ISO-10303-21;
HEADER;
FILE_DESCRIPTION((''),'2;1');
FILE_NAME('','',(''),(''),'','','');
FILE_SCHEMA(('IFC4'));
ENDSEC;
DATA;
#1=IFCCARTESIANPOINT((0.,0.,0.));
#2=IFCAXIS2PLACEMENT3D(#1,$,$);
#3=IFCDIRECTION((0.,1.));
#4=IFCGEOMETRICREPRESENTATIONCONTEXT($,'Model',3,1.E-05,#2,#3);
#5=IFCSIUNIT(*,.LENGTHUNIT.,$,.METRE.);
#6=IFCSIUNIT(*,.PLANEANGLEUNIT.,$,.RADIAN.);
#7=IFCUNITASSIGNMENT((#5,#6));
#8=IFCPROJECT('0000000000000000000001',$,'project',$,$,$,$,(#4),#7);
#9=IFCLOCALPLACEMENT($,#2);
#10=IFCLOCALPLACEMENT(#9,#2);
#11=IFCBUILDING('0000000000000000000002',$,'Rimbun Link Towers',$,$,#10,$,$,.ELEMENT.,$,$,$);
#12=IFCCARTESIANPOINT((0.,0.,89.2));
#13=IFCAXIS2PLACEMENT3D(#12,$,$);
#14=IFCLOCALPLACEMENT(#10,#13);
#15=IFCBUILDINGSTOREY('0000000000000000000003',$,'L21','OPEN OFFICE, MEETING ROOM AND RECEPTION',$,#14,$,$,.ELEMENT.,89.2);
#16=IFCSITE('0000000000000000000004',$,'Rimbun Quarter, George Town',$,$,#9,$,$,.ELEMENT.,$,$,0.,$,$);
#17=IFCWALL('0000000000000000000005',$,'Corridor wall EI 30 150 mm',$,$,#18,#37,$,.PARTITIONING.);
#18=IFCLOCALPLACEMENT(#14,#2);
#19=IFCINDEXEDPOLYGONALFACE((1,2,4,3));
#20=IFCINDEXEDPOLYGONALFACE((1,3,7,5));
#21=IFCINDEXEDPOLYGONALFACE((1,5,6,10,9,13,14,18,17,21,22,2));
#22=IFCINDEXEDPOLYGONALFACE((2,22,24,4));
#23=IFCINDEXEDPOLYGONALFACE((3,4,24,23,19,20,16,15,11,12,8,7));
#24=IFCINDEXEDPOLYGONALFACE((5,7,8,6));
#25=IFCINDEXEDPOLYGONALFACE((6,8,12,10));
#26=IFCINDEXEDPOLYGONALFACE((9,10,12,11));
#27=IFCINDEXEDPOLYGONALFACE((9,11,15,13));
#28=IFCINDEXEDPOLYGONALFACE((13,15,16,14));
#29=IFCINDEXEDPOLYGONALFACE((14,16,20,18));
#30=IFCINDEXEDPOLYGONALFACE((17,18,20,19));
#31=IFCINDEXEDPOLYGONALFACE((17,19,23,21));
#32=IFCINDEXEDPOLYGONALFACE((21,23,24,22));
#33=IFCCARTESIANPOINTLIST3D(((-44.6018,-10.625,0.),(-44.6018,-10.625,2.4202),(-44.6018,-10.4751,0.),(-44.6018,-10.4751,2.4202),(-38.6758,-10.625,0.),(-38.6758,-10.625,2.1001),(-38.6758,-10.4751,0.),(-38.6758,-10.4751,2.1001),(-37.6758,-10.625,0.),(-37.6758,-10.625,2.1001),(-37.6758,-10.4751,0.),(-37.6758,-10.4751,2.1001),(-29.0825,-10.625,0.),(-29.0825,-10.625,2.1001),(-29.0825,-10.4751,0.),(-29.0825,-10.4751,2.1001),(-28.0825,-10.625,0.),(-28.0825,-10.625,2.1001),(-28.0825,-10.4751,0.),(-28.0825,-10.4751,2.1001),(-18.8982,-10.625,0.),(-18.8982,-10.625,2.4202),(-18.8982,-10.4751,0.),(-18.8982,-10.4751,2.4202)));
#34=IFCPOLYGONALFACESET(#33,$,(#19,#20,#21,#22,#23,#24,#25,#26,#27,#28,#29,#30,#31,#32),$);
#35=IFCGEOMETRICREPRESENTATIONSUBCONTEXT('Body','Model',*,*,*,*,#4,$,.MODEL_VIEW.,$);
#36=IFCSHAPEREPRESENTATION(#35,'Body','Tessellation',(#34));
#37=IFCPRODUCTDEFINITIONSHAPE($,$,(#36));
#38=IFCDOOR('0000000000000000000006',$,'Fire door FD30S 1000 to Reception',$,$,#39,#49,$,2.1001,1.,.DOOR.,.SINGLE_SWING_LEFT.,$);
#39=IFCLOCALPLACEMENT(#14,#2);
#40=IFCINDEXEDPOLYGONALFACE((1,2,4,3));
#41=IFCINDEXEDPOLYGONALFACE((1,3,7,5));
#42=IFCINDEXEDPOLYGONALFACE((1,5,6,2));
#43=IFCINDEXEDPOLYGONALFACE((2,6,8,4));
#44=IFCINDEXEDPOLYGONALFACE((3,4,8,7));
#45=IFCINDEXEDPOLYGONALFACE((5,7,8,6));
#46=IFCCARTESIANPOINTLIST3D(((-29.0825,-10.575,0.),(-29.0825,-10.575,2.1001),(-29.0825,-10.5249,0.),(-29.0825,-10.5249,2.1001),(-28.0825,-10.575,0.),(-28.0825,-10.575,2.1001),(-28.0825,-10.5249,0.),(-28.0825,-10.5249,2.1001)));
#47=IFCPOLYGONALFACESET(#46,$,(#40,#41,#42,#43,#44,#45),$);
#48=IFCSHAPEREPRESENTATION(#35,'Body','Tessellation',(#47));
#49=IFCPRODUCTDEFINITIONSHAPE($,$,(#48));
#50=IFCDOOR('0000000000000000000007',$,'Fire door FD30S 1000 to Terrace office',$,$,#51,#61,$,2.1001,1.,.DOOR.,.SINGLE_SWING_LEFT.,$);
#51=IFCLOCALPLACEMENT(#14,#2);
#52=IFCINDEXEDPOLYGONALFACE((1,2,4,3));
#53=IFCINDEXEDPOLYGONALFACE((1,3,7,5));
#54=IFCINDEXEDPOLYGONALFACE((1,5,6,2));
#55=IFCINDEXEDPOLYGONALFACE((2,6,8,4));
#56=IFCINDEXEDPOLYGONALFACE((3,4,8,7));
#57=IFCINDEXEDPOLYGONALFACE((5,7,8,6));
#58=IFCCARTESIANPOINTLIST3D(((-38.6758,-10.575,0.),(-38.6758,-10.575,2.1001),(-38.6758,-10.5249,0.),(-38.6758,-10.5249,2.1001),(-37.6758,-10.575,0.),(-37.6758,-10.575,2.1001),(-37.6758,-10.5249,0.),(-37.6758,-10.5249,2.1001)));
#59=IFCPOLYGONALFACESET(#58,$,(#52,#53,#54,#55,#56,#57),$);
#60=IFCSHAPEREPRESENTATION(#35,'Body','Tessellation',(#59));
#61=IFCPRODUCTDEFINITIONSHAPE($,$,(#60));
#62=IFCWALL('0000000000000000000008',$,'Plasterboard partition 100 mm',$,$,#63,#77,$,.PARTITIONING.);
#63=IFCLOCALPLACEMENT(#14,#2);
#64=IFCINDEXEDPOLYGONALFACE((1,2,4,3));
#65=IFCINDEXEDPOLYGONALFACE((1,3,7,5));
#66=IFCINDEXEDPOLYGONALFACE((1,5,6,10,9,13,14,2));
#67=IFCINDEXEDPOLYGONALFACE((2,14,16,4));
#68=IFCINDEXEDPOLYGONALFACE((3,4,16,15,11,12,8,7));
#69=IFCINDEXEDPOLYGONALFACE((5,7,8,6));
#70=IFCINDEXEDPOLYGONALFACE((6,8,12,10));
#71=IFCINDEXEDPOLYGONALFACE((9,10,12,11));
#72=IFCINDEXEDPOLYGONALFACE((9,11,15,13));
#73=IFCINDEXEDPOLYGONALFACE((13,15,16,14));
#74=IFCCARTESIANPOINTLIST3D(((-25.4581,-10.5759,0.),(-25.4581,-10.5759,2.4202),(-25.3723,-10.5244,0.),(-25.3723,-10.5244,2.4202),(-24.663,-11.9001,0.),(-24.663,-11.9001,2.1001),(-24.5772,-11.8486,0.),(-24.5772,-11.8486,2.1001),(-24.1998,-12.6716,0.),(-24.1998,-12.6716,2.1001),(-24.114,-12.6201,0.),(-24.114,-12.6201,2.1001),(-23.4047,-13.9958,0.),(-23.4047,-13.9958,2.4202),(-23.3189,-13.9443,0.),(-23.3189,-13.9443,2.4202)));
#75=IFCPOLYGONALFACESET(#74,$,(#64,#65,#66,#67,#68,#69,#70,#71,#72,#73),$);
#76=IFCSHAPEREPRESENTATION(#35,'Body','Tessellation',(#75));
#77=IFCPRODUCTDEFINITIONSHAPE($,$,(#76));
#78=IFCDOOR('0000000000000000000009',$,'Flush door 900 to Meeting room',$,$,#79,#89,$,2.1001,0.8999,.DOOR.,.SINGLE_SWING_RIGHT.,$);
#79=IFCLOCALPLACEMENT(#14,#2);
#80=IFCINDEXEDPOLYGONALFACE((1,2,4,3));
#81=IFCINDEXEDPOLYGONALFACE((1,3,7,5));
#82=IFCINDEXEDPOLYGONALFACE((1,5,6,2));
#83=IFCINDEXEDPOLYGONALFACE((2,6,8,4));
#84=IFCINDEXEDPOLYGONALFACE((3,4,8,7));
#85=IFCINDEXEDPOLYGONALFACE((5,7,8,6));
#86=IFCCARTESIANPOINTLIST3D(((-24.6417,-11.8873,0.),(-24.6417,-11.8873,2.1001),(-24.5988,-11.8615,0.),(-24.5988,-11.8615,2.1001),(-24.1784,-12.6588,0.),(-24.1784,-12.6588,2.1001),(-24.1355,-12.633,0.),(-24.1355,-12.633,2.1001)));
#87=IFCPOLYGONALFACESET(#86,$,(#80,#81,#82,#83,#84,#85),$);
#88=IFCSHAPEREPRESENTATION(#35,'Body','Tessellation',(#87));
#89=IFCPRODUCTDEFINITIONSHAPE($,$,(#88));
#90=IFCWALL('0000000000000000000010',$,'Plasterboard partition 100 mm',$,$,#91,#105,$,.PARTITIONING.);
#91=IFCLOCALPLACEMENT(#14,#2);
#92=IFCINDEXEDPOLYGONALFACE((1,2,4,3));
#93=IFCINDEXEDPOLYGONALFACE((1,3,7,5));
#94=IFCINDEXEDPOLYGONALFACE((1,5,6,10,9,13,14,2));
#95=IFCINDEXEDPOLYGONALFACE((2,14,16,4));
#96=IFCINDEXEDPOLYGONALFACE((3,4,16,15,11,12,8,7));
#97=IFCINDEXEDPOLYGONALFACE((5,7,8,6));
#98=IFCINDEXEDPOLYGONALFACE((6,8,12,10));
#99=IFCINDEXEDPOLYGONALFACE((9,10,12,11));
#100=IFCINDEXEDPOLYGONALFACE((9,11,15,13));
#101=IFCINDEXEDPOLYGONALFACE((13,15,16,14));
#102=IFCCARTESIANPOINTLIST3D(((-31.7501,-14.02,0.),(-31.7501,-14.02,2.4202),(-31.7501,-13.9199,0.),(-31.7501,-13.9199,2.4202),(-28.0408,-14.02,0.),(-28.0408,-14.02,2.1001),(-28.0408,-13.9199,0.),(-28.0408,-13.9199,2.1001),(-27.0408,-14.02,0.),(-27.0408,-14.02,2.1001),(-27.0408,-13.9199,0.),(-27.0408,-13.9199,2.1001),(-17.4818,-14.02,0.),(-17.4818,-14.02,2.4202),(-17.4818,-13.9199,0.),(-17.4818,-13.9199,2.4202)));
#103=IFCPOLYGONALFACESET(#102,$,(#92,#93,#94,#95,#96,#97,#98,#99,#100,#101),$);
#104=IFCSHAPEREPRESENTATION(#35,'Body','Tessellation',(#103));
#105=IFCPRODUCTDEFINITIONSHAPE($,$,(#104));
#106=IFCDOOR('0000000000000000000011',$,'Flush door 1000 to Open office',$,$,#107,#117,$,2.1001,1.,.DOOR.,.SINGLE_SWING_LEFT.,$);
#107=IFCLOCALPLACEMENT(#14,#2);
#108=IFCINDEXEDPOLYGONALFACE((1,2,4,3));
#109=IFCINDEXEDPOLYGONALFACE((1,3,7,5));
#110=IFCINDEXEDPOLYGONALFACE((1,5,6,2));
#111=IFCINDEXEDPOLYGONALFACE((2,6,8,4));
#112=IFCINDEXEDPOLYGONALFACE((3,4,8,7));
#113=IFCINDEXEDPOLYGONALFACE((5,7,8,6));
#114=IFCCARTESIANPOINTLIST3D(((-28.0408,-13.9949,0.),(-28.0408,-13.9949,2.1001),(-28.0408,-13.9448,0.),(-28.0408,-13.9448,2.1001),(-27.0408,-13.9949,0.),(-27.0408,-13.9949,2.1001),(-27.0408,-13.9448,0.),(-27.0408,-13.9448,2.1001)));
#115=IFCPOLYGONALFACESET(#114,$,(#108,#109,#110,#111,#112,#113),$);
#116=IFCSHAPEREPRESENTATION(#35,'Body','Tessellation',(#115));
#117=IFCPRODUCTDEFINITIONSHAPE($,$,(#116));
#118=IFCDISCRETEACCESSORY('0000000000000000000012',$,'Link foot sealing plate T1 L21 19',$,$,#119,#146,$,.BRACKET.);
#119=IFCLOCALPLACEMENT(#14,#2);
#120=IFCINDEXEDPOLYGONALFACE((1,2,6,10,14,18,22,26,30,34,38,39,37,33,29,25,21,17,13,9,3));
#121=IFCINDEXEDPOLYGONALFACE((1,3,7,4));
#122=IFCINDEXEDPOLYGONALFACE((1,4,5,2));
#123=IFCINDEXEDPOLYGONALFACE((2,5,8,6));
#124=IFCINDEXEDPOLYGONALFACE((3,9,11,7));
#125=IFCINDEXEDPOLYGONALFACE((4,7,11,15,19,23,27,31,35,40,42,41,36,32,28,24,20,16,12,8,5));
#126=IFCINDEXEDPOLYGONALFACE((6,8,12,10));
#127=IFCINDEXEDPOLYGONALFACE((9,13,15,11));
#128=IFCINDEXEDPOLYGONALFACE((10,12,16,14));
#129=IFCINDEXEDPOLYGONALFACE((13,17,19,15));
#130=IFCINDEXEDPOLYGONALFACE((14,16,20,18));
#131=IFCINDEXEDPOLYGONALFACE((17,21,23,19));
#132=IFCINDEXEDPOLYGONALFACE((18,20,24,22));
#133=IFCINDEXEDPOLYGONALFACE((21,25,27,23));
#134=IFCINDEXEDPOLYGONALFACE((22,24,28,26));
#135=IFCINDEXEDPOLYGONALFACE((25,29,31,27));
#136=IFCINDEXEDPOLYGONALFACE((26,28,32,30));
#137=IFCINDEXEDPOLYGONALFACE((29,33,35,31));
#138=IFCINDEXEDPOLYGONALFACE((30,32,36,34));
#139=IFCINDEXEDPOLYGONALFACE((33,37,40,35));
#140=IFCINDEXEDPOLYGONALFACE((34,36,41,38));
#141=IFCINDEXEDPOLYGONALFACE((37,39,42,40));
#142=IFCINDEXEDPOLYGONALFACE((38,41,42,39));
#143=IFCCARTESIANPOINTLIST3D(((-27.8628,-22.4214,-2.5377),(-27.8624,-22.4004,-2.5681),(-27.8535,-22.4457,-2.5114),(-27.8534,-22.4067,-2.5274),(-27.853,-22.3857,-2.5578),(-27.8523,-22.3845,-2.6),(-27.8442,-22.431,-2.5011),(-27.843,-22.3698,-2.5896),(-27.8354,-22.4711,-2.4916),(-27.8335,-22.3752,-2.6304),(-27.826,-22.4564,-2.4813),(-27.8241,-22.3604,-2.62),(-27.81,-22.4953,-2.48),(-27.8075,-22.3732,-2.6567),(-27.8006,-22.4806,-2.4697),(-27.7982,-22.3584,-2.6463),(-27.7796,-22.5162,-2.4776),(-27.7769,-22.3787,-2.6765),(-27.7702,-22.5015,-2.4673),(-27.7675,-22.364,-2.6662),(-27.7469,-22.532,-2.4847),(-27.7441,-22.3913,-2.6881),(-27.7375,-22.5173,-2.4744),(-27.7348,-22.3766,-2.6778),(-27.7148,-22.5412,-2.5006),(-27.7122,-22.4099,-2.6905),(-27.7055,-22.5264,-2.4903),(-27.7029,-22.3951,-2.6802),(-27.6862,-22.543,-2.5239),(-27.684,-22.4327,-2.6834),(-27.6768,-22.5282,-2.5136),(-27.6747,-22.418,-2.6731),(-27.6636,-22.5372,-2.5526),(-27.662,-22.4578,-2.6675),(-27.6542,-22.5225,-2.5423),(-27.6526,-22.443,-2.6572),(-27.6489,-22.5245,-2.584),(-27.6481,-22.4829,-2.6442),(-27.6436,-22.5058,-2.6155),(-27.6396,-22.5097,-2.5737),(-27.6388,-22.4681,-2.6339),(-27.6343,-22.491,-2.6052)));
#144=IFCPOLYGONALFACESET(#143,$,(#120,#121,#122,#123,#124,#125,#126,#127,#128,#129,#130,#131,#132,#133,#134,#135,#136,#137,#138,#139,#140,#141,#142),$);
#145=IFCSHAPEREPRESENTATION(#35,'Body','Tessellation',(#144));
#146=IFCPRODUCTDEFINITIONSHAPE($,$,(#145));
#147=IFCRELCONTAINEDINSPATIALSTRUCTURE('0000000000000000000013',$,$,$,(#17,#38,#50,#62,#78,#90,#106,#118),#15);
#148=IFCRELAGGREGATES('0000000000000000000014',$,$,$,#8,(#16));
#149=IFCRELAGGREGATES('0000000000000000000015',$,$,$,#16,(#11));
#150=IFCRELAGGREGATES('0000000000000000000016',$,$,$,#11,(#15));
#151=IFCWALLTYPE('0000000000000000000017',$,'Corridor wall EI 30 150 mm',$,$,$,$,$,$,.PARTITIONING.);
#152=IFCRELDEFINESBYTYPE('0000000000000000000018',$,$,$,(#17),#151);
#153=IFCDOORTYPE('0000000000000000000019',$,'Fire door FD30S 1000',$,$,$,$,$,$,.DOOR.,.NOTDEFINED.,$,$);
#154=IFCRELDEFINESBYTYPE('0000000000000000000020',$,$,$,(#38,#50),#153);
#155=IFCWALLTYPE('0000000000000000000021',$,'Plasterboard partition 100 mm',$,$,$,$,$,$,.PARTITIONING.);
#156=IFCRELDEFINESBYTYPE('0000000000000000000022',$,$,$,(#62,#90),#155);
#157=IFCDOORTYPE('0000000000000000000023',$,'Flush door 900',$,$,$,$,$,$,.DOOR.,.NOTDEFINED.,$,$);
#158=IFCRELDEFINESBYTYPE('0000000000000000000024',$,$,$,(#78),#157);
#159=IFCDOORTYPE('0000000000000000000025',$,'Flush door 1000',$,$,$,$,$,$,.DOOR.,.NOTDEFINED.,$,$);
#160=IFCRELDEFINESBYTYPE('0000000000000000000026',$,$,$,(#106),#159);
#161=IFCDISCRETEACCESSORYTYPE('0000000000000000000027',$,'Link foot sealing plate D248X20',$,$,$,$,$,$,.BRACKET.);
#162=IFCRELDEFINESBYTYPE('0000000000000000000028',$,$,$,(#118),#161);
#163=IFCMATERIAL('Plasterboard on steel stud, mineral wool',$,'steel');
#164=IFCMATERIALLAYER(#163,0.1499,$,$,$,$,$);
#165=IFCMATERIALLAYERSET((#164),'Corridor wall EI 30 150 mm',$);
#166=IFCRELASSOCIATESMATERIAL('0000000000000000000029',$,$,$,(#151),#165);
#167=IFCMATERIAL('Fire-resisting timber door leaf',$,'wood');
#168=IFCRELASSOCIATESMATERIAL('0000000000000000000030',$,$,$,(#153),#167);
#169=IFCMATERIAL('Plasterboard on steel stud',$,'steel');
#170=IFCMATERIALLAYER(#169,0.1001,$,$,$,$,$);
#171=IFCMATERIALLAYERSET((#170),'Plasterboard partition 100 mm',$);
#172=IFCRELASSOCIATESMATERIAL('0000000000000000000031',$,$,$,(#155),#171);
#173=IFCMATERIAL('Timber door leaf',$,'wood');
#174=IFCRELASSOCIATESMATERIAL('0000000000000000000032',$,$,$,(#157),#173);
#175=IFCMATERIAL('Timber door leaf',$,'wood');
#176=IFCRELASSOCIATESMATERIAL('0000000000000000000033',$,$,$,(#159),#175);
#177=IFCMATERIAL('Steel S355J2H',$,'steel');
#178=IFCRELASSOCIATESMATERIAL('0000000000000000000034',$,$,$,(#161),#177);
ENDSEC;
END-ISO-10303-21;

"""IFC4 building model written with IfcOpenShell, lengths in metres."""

from ifc_helpers import new_model, si_unit, direction, frame, frame_2d, origin, origin_2d, place, context, subcontext, project, spatial, rectangle, circle, extrude, material, layer, layer_set, material_profile, profile_set, type_object, element, fill, save


model = new_model("IFC4")

# Units and contexts
model_context = context("Model", 3, precision=1e-05, world=origin(), true_north=direction((0.0, 1.0)))
body_context = subcontext(model_context, "Body", "Model", "MODEL_VIEW")
ifc_project = project(units=[si_unit("LENGTHUNIT", "METRE"), si_unit("PLANEANGLEUNIT", "RADIAN")], contexts=[model_context])

# Site, building, storey
site_placement = place(None, origin())
site = spatial("IfcSite", under=ifc_project, at=site_placement, Name="Rimbun Quarter, George Town", CompositionType="ELEMENT", RefElevation=0.0)
building_placement = place(site_placement, origin())
building = spatial("IfcBuilding", under=site, at=building_placement, Name="Rimbun Link Towers", CompositionType="ELEMENT")
storey_placement = place(building_placement, frame((0.0, 0.0, 89.2)))
storey = spatial("IfcBuildingStorey", under=building, at=storey_placement, Name="L21", Description="OPEN OFFICE, MEETING ROOM AND RECEPTION", CompositionType="ELEMENT", Elevation=89.2)

# Shared definitions
ifc_material_1 = material(Name="Plasterboard on steel stud, mineral wool", Category="steel")
ifc_layer_1 = layer(ifc_material_1, 0.1499)
ifc_layer_set_1 = layer_set([ifc_layer_1], Name="Corridor wall EI 30 150 mm")
wall_type_1 = type_object("IfcWallType", Name="Corridor wall EI 30 150 mm", PredefinedType="PARTITIONING", material=ifc_layer_set_1)

# Wall, openings, doors
wall_1_placement = place(storey_placement, frame((-18.8982, -10.55, 0.0), z_axis=(0.0, 0.0, 1.0), x_axis=(-1.0, 0.0, 0.0)))
wall_1 = element("IfcWall", 1, at=wall_1_placement, inside=storey, type_object=wall_type_1, Name="Corridor wall EI 30 150 mm", PredefinedType="PARTITIONING", context=body_context, shape_type="SweptSolid", body=[
    extrude(rectangle(XDim=25.7036, YDim=0.1499, at=frame_2d((12.8518, 0.0))), origin(), (0.0, 0.0, 1.0), 2.4202),
])
opening_1_placement = place(wall_1_placement, frame((9.1843, 0.0, 0.0)))
opening_1 = element("IfcOpeningElement", 2, at=opening_1_placement, cuts=wall_1, PredefinedType="OPENING", context=body_context, shape_type="SweptSolid", body=[
    extrude(rectangle(XDim=1.0, YDim=2.1001, at=frame_2d((0.5, 1.05))), frame((0.0, 0.085, 0.0), z_axis=(0.0, -1.0, 0.0), x_axis=(1.0, 0.0, 0.0)), (0.0, 0.0, 1.0), 0.1699),
])
opening_2_placement = place(wall_1_placement, frame((18.7776, 0.0, 0.0)))
opening_2 = element("IfcOpeningElement", 3, at=opening_2_placement, cuts=wall_1, PredefinedType="OPENING", context=body_context, shape_type="SweptSolid", body=[
    extrude(rectangle(XDim=1.0, YDim=2.1001, at=frame_2d((0.5, 1.05))), frame((0.0, 0.085, 0.0), z_axis=(0.0, -1.0, 0.0), x_axis=(1.0, 0.0, 0.0)), (0.0, 0.0, 1.0), 0.1699),
])
ifc_material_2 = material(Name="Fire-resisting timber door leaf", Category="wood")
door_type_1 = type_object("IfcDoorType", Name="Fire door FD30S 1000", OperationType="NOTDEFINED", PredefinedType="DOOR", material=ifc_material_2)
door_1_placement = place(opening_1_placement, origin())
door_1 = element("IfcDoor", 4, at=door_1_placement, inside=storey, type_object=door_type_1, Name="Fire door FD30S 1000 to Reception", OperationType="SINGLE_SWING_LEFT", OverallHeight=2.1001, OverallWidth=1.0, PredefinedType="DOOR", context=body_context, shape_type="SweptSolid", body=[
    extrude(rectangle(XDim=1.0, YDim=2.1001, at=frame_2d((0.5, 1.05))), frame((0.0, 0.0249, 0.0), z_axis=(0.0, -1.0, 0.0), x_axis=(1.0, 0.0, 0.0)), (0.0, 0.0, 1.0), 0.05),
])
fill(opening_1, door_1)
door_2_placement = place(opening_2_placement, origin())
door_2 = element("IfcDoor", 5, at=door_2_placement, inside=storey, type_object=door_type_1, Name="Fire door FD30S 1000 to Terrace office", OperationType="SINGLE_SWING_LEFT", OverallHeight=2.1001, OverallWidth=1.0, PredefinedType="DOOR", context=body_context, shape_type="SweptSolid", body=[
    extrude(rectangle(XDim=1.0, YDim=2.1001, at=frame_2d((0.5, 1.05))), frame((0.0, 0.0249, 0.0), z_axis=(0.0, -1.0, 0.0), x_axis=(1.0, 0.0, 0.0)), (0.0, 0.0, 1.0), 0.05),
])
fill(opening_2, door_2)

# Walls, openings, doors
ifc_material_3 = material(Name="Plasterboard on steel stud", Category="steel")
ifc_layer_2 = layer(ifc_material_3, 0.1001)
ifc_layer_set_2 = layer_set([ifc_layer_2], Name="Plasterboard partition 100 mm")
wall_type_2 = type_object("IfcWallType", Name="Plasterboard partition 100 mm", PredefinedType="PARTITIONING", material=ifc_layer_set_2)
wall_2_placement = place(storey_placement, frame((-25.4153, -10.55, 0.0), z_axis=(0.0, 0.0, 1.0), x_axis=(0.514775, -0.857325, 0.0)))
wall_2 = element("IfcWall", 6, at=wall_2_placement, inside=storey, type_object=wall_type_2, Name="Plasterboard partition 100 mm", PredefinedType="PARTITIONING", context=body_context, shape_type="SweptSolid", body=[
    extrude(rectangle(XDim=3.989, YDim=0.1001, at=frame_2d((1.9946, 0.0))), origin(), (0.0, 0.0, 1.0), 2.4202),
])
opening_3_placement = place(wall_2_placement, frame((1.5447, 0.0, 0.0)))
opening_3 = element("IfcOpeningElement", 7, at=opening_3_placement, cuts=wall_2, PredefinedType="OPENING", context=body_context, shape_type="SweptSolid", body=[
    extrude(rectangle(XDim=0.8999, YDim=2.1001, at=frame_2d((0.45, 1.05))), frame((0.0, 0.0601, 0.0), z_axis=(0.0, -1.0, 0.0), x_axis=(1.0, 0.0, 0.0)), (0.0, 0.0, 1.0), 0.1201),
])
ifc_material_4 = material(Name="Timber door leaf", Category="wood")
door_type_2 = type_object("IfcDoorType", Name="Flush door 900", OperationType="NOTDEFINED", PredefinedType="DOOR", material=ifc_material_4)
door_3_placement = place(opening_3_placement, origin())
door_3 = element("IfcDoor", 8, at=door_3_placement, inside=storey, type_object=door_type_2, Name="Flush door 900 to Meeting room", OperationType="SINGLE_SWING_RIGHT", OverallHeight=2.1001, OverallWidth=0.8999, PredefinedType="DOOR", context=body_context, shape_type="SweptSolid", body=[
    extrude(rectangle(XDim=0.8999, YDim=2.1001, at=frame_2d((0.45, 1.05))), frame((0.0, 0.0249, 0.0), z_axis=(0.0, -1.0, 0.0), x_axis=(1.0, 0.0, 0.0)), (0.0, 0.0, 1.0), 0.05),
])
fill(opening_3, door_3)
wall_3_placement = place(storey_placement, frame((-17.4817, -13.97, 0.0), z_axis=(0.0, 0.0, 1.0), x_axis=(-1.0, 0.0, 0.0)))
wall_3 = element("IfcWall", 9, at=wall_3_placement, inside=storey, type_object=wall_type_2, Name="Plasterboard partition 100 mm", PredefinedType="PARTITIONING", context=body_context, shape_type="SweptSolid", body=[
    extrude(rectangle(XDim=14.2683, YDim=0.1001, at=frame_2d((7.1343, 0.0))), origin(), (0.0, 0.0, 1.0), 2.4202),
])
opening_4_placement = place(wall_3_placement, frame((9.5591, 0.0, 0.0)))
opening_4 = element("IfcOpeningElement", 10, at=opening_4_placement, cuts=wall_3, PredefinedType="OPENING", context=body_context, shape_type="SweptSolid", body=[
    extrude(rectangle(XDim=1.0, YDim=2.1001, at=frame_2d((0.5, 1.05))), frame((0.0, 0.0601, 0.0), z_axis=(0.0, -1.0, 0.0), x_axis=(1.0, 0.0, 0.0)), (0.0, 0.0, 1.0), 0.1201),
])
ifc_material_5 = material(Name="Timber door leaf", Category="wood")
door_type_3 = type_object("IfcDoorType", Name="Flush door 1000", OperationType="NOTDEFINED", PredefinedType="DOOR", material=ifc_material_5)
door_4_placement = place(opening_4_placement, origin())
door_4 = element("IfcDoor", 11, at=door_4_placement, inside=storey, type_object=door_type_3, Name="Flush door 1000 to Open office", OperationType="SINGLE_SWING_LEFT", OverallHeight=2.1001, OverallWidth=1.0, PredefinedType="DOOR", context=body_context, shape_type="SweptSolid", body=[
    extrude(rectangle(XDim=1.0, YDim=2.1001, at=frame_2d((0.5, 1.05))), frame((0.0, 0.0249, 0.0), z_axis=(0.0, -1.0, 0.0), x_axis=(1.0, 0.0, 0.0)), (0.0, 0.0, 1.0), 0.05),
])
fill(opening_4, door_4)

# Discrete accessory
ifc_material_6 = material(Name="Steel S355J2H", Category="steel")
ifc_material_profile_1 = material_profile(ifc_material_6, circle(Radius=0.124, at=origin_2d()), Name="PL D248")
ifc_profile_set_1 = profile_set([ifc_material_profile_1], Name="Steel S355J2H")
discrete_accessory_type = type_object("IfcDiscreteAccessoryType", Name="Link foot sealing plate D248X20", PredefinedType="BRACKET", material=ifc_profile_set_1)
discrete_accessory_placement = place(storey_placement, frame((-27.7444, -22.4434, -2.5737), z_axis=(-0.460547, -0.727179, -0.509025), x_axis=(0.844819, -0.535052, 0.0)))
element("IfcDiscreteAccessory", 12, at=discrete_accessory_placement, inside=storey, type_object=discrete_accessory_type, Name="Link foot sealing plate T1 L21 19", PredefinedType="BRACKET", context=body_context, shape_type="SweptSolid", body=[
    extrude(circle(Radius=0.124, at=origin_2d()), origin(), (0.0, 0.0, 1.0), 0.0203),
])

save(model, "model.ifc")
